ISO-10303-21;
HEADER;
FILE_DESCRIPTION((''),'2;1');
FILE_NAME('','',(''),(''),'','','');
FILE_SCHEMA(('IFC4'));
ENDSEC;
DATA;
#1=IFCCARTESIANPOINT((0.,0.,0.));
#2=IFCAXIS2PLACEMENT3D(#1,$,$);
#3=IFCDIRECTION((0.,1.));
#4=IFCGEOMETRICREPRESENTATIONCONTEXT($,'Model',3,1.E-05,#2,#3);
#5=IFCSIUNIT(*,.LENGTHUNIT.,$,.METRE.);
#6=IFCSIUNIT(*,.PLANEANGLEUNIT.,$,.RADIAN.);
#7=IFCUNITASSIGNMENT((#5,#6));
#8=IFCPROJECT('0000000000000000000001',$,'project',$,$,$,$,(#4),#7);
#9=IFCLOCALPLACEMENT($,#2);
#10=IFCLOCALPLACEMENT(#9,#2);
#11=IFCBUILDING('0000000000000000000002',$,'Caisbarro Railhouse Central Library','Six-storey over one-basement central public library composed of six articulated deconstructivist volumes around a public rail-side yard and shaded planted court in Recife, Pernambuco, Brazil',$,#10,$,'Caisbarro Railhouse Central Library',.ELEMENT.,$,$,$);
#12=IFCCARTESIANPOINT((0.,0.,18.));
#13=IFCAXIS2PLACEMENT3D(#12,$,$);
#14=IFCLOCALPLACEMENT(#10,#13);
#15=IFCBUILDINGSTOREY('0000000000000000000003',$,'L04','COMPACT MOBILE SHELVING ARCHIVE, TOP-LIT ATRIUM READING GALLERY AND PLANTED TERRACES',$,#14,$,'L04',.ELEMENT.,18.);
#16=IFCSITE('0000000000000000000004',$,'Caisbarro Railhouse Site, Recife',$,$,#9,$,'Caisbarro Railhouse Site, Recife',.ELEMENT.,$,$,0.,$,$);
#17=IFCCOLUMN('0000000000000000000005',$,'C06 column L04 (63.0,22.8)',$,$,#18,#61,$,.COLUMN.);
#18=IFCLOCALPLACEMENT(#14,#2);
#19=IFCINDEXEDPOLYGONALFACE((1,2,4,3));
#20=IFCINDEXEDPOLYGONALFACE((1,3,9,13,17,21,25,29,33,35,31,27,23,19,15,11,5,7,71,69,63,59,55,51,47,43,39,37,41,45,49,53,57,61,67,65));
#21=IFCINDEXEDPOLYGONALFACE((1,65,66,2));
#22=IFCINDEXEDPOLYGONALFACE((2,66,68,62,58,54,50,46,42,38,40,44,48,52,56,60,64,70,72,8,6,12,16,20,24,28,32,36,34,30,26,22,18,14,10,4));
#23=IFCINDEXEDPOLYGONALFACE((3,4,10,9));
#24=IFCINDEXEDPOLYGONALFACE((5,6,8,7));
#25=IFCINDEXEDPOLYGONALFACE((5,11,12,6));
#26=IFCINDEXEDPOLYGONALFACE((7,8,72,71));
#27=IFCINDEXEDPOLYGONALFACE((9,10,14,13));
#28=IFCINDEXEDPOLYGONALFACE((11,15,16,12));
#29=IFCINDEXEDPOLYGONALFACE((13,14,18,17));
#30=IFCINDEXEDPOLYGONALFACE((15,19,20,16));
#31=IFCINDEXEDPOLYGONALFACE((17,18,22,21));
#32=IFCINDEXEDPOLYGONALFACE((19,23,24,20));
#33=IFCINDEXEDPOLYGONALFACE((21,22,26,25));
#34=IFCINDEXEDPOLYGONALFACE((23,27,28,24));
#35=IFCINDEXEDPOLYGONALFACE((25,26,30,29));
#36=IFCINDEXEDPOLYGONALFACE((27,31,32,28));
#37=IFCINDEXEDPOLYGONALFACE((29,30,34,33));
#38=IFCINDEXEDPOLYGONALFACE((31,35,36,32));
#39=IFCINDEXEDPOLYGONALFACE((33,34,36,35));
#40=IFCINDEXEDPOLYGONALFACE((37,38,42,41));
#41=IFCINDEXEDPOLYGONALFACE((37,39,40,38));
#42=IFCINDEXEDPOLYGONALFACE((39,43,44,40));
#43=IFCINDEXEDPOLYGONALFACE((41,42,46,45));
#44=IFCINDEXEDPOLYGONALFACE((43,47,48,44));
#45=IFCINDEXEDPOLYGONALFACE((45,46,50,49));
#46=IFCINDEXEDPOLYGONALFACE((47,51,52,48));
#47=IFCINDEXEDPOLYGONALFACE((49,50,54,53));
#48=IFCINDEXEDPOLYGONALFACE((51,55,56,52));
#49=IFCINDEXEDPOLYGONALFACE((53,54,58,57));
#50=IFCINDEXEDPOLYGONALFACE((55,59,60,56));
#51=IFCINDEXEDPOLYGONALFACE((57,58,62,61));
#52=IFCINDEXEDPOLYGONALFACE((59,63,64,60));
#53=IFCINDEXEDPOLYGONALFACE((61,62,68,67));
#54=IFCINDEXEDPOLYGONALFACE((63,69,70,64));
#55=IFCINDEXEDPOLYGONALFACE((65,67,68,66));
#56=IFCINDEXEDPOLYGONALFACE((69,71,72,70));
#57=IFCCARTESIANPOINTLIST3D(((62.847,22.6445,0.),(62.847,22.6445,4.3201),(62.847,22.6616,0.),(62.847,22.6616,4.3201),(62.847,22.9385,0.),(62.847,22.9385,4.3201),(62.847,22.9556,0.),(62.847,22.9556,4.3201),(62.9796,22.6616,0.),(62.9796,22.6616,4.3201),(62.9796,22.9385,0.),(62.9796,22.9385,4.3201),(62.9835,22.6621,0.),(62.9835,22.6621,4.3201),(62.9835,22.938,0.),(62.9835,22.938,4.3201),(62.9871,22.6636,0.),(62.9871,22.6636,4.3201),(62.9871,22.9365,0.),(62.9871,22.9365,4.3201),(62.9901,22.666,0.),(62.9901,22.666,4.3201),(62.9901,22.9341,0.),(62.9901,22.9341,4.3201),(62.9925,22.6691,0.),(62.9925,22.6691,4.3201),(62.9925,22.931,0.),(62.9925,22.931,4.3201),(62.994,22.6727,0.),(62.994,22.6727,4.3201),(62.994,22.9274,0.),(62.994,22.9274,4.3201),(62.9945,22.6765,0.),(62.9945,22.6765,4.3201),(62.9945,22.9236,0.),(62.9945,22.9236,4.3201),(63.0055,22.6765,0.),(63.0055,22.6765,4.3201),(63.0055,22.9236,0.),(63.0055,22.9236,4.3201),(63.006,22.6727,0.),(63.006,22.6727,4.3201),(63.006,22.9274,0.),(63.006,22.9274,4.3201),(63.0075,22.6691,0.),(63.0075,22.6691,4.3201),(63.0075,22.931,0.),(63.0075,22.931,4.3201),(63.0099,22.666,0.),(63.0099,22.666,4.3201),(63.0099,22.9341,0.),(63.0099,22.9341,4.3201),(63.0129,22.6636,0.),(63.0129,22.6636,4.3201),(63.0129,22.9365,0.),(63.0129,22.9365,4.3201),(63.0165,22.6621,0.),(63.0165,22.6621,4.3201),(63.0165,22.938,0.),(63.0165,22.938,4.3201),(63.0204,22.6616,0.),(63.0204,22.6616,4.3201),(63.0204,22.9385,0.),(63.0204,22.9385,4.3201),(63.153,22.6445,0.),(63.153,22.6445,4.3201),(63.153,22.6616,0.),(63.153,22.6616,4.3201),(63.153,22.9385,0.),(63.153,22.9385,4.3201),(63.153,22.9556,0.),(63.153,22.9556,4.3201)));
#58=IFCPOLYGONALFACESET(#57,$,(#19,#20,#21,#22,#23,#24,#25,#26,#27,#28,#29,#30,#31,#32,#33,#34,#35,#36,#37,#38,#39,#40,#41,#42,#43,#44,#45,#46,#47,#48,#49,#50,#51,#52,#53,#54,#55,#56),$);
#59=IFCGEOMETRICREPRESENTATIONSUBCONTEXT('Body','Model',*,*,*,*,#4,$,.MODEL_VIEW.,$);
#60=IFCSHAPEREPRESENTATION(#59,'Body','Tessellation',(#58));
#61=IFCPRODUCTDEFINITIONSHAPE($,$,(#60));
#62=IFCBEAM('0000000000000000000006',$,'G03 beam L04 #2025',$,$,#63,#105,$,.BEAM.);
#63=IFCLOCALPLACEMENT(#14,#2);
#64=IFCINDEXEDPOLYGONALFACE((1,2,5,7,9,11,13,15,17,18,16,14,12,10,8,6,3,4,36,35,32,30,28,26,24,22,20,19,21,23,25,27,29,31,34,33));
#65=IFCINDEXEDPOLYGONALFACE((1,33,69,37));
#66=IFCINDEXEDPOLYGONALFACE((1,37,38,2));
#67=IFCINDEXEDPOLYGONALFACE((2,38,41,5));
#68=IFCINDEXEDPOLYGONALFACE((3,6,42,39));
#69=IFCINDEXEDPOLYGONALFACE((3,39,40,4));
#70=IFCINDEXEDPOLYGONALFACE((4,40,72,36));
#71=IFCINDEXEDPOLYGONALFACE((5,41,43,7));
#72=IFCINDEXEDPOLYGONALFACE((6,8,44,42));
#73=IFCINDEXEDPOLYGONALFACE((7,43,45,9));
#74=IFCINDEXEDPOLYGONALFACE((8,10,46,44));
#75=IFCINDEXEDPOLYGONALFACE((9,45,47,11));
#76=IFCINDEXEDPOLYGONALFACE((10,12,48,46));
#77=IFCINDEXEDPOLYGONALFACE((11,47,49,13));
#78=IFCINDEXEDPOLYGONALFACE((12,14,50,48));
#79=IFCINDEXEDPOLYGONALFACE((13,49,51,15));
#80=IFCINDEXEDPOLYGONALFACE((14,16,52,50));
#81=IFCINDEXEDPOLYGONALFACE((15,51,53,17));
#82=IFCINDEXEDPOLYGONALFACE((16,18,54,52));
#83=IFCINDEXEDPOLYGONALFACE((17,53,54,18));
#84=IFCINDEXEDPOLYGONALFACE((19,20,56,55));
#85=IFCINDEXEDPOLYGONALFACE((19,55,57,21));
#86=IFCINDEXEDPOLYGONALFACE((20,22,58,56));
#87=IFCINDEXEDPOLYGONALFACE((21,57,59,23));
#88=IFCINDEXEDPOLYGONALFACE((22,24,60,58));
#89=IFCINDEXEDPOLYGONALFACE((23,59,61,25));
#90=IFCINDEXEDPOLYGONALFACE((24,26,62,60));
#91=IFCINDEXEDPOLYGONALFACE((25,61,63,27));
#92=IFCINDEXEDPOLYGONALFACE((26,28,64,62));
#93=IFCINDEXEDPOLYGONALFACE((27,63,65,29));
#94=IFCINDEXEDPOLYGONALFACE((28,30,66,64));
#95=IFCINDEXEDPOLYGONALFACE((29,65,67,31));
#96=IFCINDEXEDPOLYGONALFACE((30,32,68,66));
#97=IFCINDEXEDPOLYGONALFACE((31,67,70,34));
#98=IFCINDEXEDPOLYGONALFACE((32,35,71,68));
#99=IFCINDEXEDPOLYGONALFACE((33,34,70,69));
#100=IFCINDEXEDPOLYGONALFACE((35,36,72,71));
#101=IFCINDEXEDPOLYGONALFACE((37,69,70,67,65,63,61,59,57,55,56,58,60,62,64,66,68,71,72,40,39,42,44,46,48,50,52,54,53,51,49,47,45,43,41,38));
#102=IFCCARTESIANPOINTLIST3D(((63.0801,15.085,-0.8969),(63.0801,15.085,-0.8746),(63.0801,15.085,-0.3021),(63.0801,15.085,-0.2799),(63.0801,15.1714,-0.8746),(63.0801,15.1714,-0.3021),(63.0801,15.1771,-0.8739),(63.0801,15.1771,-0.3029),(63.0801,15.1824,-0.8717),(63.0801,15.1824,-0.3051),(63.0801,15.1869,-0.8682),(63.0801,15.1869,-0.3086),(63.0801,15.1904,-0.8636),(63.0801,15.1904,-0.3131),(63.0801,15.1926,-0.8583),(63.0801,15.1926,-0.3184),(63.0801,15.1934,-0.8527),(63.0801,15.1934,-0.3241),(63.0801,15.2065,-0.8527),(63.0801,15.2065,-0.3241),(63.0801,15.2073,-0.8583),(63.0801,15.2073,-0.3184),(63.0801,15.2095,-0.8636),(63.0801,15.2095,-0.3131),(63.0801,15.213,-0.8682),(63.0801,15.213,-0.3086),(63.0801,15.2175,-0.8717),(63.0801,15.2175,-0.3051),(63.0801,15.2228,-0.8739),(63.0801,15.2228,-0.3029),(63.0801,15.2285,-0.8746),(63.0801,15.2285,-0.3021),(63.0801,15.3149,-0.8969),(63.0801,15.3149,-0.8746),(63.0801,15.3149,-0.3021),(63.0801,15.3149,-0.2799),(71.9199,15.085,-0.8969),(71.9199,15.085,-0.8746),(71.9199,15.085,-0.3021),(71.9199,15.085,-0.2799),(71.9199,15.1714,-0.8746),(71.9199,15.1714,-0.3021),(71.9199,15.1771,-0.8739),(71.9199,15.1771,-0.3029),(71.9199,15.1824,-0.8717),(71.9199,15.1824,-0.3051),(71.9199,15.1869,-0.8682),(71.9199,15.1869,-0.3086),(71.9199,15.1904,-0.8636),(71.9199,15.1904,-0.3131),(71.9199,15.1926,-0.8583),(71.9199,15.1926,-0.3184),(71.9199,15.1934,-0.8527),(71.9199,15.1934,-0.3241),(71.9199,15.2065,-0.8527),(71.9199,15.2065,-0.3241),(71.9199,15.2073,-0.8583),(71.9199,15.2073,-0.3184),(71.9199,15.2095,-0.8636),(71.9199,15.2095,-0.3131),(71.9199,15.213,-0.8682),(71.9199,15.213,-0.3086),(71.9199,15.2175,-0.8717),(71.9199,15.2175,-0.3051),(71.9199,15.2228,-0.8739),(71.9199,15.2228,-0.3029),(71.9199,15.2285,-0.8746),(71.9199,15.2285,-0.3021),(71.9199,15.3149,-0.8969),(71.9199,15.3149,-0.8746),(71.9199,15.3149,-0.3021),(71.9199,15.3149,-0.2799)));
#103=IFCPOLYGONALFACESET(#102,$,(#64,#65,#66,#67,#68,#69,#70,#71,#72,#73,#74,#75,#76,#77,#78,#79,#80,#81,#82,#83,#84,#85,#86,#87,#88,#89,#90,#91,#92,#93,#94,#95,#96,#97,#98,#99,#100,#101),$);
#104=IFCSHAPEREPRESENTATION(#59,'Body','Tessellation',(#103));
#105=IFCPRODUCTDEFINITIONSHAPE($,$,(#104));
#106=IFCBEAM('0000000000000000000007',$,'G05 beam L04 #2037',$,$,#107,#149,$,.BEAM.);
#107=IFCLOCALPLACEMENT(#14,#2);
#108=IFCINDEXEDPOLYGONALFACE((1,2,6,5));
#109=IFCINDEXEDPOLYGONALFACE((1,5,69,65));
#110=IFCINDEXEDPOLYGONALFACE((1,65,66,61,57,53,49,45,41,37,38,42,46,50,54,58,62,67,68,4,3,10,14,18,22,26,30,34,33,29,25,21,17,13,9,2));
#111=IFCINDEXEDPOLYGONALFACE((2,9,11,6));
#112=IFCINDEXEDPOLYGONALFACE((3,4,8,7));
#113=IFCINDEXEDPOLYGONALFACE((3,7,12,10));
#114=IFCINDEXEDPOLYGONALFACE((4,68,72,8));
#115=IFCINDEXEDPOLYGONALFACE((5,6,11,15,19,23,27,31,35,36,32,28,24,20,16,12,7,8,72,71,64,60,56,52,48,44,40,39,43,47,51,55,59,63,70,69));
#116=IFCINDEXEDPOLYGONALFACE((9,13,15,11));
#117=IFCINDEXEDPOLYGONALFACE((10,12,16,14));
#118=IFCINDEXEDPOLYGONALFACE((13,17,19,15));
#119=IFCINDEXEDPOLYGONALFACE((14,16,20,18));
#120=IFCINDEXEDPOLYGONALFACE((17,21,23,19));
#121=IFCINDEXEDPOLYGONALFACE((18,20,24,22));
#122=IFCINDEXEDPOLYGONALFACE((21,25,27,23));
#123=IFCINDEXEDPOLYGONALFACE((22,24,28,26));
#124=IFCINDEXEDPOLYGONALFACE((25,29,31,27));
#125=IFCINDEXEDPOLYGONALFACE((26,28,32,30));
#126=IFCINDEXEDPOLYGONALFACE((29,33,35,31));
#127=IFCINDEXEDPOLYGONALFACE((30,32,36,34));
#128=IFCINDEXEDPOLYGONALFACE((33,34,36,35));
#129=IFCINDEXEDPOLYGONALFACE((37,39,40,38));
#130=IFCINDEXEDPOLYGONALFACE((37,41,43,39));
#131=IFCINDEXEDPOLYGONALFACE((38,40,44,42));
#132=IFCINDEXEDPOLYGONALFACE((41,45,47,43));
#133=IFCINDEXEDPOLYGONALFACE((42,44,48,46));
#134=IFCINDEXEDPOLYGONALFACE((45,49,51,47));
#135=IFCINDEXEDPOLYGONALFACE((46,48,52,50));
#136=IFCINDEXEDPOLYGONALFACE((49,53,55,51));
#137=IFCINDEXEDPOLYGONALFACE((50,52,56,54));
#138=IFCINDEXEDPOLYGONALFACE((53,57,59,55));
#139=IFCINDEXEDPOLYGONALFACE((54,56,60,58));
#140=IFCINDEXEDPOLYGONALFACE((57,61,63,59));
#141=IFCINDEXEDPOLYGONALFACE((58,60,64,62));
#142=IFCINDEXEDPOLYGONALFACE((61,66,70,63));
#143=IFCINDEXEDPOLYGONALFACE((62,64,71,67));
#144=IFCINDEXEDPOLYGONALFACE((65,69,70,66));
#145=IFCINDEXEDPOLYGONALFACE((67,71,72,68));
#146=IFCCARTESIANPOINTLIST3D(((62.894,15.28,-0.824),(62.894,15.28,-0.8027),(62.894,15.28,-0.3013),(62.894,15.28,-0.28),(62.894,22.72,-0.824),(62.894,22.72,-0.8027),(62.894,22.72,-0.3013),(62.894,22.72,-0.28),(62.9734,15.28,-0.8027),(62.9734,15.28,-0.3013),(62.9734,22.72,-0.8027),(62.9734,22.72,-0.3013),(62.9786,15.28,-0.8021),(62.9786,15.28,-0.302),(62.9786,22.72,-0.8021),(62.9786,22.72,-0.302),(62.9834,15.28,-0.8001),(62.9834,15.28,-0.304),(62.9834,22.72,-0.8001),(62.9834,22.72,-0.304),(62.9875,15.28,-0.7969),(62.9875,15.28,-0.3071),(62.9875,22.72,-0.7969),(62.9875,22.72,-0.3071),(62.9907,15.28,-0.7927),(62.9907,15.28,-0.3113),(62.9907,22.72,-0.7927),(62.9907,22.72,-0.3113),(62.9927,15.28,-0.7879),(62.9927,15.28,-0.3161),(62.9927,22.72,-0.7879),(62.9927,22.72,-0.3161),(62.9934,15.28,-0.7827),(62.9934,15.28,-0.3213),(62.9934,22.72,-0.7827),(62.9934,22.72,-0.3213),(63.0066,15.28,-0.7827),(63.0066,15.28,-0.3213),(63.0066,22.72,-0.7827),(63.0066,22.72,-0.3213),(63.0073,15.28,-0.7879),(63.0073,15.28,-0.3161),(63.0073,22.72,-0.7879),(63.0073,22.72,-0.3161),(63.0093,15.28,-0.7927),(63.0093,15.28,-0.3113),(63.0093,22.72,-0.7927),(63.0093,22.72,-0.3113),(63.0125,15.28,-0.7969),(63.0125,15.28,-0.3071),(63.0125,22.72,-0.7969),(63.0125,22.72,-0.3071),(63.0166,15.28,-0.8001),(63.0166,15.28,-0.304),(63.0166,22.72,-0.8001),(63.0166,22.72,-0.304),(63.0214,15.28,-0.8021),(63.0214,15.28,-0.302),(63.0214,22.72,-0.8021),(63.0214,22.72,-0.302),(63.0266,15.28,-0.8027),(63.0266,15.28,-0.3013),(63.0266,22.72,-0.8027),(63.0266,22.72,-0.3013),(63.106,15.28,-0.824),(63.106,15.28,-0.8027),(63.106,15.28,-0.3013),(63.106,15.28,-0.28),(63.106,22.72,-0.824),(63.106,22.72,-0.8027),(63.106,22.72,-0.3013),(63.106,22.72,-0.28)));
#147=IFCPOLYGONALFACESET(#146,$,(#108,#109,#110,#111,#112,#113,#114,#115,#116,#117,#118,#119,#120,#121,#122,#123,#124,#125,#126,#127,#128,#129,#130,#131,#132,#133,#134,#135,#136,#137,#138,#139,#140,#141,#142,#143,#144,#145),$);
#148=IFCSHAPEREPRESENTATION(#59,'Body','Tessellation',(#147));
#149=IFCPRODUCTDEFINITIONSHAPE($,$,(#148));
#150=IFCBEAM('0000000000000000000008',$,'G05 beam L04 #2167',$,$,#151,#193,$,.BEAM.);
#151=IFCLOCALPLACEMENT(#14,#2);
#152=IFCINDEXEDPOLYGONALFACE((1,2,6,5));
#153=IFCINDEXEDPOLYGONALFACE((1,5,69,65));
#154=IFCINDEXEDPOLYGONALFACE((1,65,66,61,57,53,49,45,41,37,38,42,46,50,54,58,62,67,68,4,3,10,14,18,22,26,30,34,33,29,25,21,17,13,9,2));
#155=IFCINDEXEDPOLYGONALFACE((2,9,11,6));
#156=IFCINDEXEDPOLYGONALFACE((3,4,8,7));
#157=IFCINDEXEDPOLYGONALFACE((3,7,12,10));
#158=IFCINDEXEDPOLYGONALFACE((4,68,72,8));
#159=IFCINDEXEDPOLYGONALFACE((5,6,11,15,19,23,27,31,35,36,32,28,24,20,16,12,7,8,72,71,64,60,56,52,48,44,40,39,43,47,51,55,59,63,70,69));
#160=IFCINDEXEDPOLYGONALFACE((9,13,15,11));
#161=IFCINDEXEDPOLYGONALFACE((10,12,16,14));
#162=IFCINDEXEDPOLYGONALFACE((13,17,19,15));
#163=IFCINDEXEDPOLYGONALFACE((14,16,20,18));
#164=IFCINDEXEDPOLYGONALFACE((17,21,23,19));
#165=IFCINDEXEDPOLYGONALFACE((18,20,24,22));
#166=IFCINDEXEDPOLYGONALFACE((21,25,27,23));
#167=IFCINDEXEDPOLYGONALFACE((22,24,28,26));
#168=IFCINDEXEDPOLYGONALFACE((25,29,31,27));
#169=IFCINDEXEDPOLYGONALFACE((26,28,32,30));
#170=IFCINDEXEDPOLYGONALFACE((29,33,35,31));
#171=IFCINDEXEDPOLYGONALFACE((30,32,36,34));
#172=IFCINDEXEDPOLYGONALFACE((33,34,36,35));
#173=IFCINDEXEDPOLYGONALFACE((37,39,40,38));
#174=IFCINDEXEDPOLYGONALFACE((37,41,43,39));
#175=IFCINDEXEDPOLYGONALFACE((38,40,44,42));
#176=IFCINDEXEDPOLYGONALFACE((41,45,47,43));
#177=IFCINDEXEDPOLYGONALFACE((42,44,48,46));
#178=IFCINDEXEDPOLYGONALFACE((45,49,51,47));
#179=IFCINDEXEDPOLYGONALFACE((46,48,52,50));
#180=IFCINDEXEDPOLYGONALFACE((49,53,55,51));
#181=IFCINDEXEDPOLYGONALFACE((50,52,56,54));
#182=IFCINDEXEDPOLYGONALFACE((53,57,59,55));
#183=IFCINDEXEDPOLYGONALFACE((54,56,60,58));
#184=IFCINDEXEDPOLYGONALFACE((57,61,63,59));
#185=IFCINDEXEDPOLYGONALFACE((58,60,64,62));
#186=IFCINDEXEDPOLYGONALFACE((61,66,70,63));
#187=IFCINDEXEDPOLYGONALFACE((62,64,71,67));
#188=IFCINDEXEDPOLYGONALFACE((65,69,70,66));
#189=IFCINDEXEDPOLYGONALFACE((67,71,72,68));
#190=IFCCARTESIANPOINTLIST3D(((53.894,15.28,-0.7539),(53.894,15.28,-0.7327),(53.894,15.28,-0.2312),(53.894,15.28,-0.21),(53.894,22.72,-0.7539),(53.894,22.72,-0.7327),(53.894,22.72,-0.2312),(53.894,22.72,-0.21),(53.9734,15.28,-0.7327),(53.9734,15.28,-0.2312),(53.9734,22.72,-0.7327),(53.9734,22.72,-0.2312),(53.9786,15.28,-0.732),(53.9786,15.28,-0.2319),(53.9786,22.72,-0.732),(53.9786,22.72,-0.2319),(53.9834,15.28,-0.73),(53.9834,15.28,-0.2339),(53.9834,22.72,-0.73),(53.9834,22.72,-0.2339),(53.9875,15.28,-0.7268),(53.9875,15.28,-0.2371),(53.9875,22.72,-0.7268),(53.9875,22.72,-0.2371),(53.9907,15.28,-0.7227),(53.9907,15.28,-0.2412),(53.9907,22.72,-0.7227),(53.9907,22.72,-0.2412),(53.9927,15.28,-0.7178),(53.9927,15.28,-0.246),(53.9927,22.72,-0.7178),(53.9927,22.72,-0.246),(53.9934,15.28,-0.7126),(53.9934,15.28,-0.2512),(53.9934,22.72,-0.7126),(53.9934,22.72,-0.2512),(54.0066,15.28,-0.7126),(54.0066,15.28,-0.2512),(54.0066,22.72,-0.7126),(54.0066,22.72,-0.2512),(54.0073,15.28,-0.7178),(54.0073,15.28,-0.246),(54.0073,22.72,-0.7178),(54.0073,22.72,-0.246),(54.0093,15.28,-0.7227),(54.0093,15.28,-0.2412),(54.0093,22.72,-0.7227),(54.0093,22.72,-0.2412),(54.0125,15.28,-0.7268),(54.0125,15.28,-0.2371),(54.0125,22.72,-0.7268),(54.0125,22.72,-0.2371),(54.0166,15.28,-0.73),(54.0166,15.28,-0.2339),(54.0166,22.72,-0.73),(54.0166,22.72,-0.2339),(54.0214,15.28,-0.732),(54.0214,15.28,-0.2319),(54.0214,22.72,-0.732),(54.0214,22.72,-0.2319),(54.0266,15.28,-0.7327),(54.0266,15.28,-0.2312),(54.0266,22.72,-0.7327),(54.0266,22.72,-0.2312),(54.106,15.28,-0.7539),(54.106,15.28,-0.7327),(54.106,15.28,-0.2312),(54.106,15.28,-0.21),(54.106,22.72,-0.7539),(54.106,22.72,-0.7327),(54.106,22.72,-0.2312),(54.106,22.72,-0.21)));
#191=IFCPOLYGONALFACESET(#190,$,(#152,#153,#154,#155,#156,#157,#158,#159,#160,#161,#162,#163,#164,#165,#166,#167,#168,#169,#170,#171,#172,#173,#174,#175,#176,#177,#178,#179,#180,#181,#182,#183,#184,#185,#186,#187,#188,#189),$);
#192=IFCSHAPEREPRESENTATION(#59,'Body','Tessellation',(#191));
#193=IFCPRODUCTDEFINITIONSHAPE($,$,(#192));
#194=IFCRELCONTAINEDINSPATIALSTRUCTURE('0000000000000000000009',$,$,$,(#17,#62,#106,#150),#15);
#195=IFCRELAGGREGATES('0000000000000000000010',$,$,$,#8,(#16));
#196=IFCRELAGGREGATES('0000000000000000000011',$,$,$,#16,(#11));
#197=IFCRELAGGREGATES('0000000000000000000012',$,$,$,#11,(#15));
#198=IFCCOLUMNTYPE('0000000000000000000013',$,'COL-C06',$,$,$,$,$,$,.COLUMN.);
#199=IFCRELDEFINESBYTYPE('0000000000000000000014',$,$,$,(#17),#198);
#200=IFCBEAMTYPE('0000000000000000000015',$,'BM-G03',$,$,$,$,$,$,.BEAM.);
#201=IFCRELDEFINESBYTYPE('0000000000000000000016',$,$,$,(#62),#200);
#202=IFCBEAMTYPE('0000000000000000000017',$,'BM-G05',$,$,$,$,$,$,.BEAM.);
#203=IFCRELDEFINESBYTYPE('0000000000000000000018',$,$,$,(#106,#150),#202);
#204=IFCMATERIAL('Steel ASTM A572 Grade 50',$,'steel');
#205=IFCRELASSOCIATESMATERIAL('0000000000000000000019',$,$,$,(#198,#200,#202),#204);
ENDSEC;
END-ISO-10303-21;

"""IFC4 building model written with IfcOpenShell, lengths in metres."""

from ifc_helpers import new_model, si_unit, direction, frame, origin, origin_2d, place, context, subcontext, project, spatial, i_section, extrude, material, material_profile, profile_set, type_object, element, save


model = new_model("IFC4")

# Units and contexts
model_context = context("Model", 3, precision=1e-05, world=origin(), true_north=direction((0.0, 1.0)))
body_context = subcontext(model_context, "Body", "Model", "MODEL_VIEW")
ifc_project = project(units=[si_unit("LENGTHUNIT", "METRE"), si_unit("PLANEANGLEUNIT", "RADIAN")], contexts=[model_context])

# Site, building, storey
site_placement = place(None, origin())
site = spatial("IfcSite", under=ifc_project, at=site_placement, Name="Caisbarro Railhouse Site, Recife", LongName="Caisbarro Railhouse Site, Recife", CompositionType="ELEMENT", RefElevation=0.0)
building_placement = place(site_placement, origin())
building = spatial("IfcBuilding", under=site, at=building_placement, Name="Caisbarro Railhouse Central Library", Description="Six-storey over one-basement central public library composed of six articulated deconstructivist volumes around a public rail-side yard and shaded planted court in Recife, Pernambuco, Brazil", LongName="Caisbarro Railhouse Central Library", CompositionType="ELEMENT")
storey_placement = place(building_placement, frame((0.0, 0.0, 18.0)))
storey = spatial("IfcBuildingStorey", under=building, at=storey_placement, Name="L04", Description="COMPACT MOBILE SHELVING ARCHIVE, TOP-LIT ATRIUM READING GALLERY AND PLANTED TERRACES", LongName="L04", CompositionType="ELEMENT", Elevation=18.0)

# Column
ifc_material_1 = material(Name="Steel ASTM A572 Grade 50", Category="steel")
ifc_material_profile_1 = material_profile(ifc_material_1, i_section(OverallWidth=0.3059, OverallDepth=0.311, WebThickness=0.011, FlangeThickness=0.0171, FilletRadius=0.0149, at=origin_2d()), Name="W310X107.0")
ifc_profile_set_1 = profile_set([ifc_material_profile_1], Name="Steel ASTM A572 Grade 50")
column_type = type_object("IfcColumnType", Name="COL-C06", PredefinedType="COLUMN", material=ifc_profile_set_1)
column_placement = place(storey_placement, frame((63.0, 22.8, 0.0), z_axis=(0.0, 0.0, 1.0), x_axis=(1.0, 0.0, 0.0)))
element("IfcColumn", 1, at=column_placement, inside=storey, type_object=column_type, Name="C06 column L04 (63.0,22.8)", PredefinedType="COLUMN", context=body_context, shape_type="SweptSolid", body=[
    extrude(i_section(OverallWidth=0.3059, OverallDepth=0.311, WebThickness=0.011, FlangeThickness=0.0171, FilletRadius=0.0149, at=origin_2d()), origin(), (0.0, 0.0, 1.0), 4.3201),
])

# Beams
ifc_material_profile_2 = material_profile(ifc_material_1, i_section(OverallWidth=0.23, OverallDepth=0.6169, WebThickness=0.0132, FlangeThickness=0.0222, FilletRadius=0.022, at=origin_2d()), Name="W610X140.0")
ifc_profile_set_2 = profile_set([ifc_material_profile_2], Name="Steel ASTM A572 Grade 50")
beam_type_1 = type_object("IfcBeamType", Name="BM-G03", PredefinedType="BEAM", material=ifc_profile_set_2)
beam_1_placement = place(storey_placement, frame((63.0801, 15.2, -0.5884), z_axis=(1.0, 0.0, 0.0), x_axis=(0.0, 1.0, 0.0)))
element("IfcBeam", 2, at=beam_1_placement, inside=storey, type_object=beam_type_1, Name="G03 beam L04 #2025", PredefinedType="BEAM", context=body_context, shape_type="SweptSolid", body=[
    extrude(i_section(OverallWidth=0.23, OverallDepth=0.6169, WebThickness=0.0132, FlangeThickness=0.0222, FilletRadius=0.022, at=origin_2d()), origin(), (0.0, 0.0, 1.0), 8.8398),
])
ifc_material_profile_3 = material_profile(ifc_material_1, i_section(OverallWidth=0.2119, OverallDepth=0.5439, WebThickness=0.0132, FlangeThickness=0.0212, FilletRadius=0.02, at=origin_2d()), Name="W530X123.0")
ifc_profile_set_3 = profile_set([ifc_material_profile_3], Name="Steel ASTM A572 Grade 50")
beam_type_2 = type_object("IfcBeamType", Name="BM-G05", PredefinedType="BEAM", material=ifc_profile_set_3)
for number, where, z_axis, x_axis, name in (
    (3, (63.0, 15.28, -0.552), (0.0, 1.0, 0.0), (-1.0, 0.0, 0.0), "G05 beam L04 #2037"),
    (4, (54.0, 15.28, -0.4819), (0.0, 1.0, 0.0), (-1.0, 0.0, 0.0), "G05 beam L04 #2167"),
):
    element("IfcBeam", number, at=place(storey_placement, frame(where, z_axis=z_axis, x_axis=x_axis)), inside=storey, type_object=beam_type_2, Name=name, PredefinedType="BEAM", context=body_context, shape_type="SweptSolid", body=[
        extrude(i_section(OverallWidth=0.2119, OverallDepth=0.5439, WebThickness=0.0132, FlangeThickness=0.0212, FilletRadius=0.02, at=origin_2d()), origin(), (0.0, 0.0, 1.0), 7.4399),
    ])

save(model, "model.ifc")
